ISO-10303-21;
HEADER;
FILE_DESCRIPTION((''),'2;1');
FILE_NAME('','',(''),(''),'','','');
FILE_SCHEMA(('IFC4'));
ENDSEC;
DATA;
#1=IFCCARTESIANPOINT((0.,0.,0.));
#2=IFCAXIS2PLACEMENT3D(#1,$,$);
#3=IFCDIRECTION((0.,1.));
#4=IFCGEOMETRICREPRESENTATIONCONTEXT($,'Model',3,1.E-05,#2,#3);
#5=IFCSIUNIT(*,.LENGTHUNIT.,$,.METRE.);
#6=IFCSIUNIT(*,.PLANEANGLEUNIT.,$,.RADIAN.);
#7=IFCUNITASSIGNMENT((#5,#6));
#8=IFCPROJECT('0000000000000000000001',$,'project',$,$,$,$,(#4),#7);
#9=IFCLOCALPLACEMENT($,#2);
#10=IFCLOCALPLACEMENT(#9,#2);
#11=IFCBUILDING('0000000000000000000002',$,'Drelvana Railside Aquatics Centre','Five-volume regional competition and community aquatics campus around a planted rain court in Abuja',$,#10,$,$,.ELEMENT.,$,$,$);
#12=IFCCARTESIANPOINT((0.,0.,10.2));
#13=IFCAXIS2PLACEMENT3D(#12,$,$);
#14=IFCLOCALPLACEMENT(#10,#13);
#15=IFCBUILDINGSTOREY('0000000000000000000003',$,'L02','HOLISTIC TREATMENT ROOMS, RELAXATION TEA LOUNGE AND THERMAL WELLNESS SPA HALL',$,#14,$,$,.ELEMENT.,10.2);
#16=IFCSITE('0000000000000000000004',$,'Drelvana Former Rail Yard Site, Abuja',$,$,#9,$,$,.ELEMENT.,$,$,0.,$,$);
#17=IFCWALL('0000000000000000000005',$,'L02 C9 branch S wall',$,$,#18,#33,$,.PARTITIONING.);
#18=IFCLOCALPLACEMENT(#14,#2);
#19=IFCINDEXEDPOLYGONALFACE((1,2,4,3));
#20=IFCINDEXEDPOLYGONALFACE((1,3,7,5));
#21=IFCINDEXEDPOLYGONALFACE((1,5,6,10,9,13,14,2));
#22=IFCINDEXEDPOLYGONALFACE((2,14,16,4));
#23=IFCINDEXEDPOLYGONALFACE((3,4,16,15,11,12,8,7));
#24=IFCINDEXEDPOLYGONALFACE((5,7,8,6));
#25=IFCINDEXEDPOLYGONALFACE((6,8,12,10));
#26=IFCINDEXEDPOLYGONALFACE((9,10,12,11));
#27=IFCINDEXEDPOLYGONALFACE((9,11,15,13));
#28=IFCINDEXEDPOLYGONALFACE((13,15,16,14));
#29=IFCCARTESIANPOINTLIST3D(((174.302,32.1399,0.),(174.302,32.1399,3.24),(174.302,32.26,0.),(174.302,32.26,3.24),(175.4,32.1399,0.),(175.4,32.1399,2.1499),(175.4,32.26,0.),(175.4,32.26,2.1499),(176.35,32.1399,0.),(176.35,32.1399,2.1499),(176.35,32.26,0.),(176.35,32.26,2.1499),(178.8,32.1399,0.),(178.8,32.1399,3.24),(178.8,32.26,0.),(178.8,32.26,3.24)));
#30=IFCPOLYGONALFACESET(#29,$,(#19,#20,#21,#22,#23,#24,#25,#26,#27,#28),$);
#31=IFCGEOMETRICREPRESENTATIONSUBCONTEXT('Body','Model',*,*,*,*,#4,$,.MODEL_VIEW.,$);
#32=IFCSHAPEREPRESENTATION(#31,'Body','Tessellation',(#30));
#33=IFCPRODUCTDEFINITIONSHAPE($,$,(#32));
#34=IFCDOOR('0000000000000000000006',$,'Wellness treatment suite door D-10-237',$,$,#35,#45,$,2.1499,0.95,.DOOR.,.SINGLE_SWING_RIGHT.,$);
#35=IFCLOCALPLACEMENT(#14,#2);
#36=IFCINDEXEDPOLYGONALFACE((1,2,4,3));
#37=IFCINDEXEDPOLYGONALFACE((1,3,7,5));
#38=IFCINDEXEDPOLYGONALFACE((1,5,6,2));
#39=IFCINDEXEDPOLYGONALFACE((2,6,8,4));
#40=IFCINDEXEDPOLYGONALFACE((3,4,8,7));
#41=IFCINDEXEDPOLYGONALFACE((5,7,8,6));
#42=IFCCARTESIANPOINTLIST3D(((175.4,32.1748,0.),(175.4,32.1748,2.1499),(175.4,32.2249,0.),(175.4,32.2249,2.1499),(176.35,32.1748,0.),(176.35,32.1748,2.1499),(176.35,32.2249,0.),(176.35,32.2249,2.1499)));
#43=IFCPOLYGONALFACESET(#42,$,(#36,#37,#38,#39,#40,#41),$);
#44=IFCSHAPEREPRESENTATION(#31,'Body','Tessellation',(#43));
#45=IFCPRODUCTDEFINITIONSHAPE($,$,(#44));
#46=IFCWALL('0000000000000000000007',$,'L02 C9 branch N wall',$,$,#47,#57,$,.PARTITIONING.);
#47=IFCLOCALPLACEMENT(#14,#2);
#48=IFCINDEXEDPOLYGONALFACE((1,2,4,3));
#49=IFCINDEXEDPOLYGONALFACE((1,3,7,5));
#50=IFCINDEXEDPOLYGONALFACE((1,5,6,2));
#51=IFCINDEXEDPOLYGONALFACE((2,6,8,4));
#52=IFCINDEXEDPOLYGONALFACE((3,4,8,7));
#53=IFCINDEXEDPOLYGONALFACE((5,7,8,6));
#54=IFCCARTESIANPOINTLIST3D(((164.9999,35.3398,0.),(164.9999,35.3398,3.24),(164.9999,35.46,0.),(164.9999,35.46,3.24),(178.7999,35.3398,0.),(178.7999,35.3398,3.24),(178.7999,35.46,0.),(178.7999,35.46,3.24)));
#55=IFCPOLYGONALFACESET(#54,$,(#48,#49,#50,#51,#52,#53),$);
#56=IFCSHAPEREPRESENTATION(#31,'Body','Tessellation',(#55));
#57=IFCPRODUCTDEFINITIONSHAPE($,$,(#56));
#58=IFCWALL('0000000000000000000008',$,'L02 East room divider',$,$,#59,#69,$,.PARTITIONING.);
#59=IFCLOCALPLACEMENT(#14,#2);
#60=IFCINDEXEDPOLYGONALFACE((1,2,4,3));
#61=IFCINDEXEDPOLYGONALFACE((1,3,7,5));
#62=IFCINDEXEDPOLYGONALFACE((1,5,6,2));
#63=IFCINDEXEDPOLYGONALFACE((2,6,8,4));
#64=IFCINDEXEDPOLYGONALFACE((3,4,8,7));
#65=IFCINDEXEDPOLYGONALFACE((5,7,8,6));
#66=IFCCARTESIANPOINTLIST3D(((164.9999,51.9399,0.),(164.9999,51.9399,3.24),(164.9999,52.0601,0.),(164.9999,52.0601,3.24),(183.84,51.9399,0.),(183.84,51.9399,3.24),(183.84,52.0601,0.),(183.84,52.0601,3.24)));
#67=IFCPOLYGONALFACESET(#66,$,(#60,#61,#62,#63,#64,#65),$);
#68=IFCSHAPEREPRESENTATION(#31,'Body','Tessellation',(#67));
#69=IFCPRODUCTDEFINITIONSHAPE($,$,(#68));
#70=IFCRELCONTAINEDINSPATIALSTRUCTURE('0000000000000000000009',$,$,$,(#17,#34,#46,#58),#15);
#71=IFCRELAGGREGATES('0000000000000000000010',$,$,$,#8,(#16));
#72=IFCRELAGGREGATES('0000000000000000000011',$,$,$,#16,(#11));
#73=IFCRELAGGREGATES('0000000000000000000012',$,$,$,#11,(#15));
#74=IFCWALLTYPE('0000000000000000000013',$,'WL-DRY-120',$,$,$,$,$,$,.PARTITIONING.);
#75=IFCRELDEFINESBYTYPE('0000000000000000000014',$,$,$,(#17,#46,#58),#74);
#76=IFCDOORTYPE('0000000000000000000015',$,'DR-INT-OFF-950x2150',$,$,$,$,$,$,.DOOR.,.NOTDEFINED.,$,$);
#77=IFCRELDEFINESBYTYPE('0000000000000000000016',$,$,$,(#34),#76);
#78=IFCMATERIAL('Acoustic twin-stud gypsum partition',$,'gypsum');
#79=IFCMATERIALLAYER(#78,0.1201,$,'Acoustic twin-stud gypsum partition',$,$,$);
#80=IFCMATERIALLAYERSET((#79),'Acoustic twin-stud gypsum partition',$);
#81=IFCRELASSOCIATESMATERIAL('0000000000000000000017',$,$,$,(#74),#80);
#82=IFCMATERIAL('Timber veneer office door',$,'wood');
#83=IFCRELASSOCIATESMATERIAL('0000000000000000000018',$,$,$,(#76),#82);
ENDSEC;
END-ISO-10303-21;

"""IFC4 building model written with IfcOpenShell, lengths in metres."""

from ifc_helpers import new_model, si_unit, direction, frame, frame_2d, origin, place, context, subcontext, project, spatial, rectangle, extrude, material, layer, layer_set, type_object, element, fill, save


model = new_model("IFC4")

# Units and contexts
model_context = context("Model", 3, precision=1e-05, world=origin(), true_north=direction((0.0, 1.0)))
body_context = subcontext(model_context, "Body", "Model", "MODEL_VIEW")
ifc_project = project(units=[si_unit("LENGTHUNIT", "METRE"), si_unit("PLANEANGLEUNIT", "RADIAN")], contexts=[model_context])

# Site, building, storey
site_placement = place(None, origin())
site = spatial("IfcSite", under=ifc_project, at=site_placement, Name="Drelvana Former Rail Yard Site, Abuja", CompositionType="ELEMENT", RefElevation=0.0)
building_placement = place(site_placement, origin())
building = spatial("IfcBuilding", under=site, at=building_placement, Name="Drelvana Railside Aquatics Centre", Description="Five-volume regional competition and community aquatics campus around a planted rain court in Abuja", CompositionType="ELEMENT")
storey_placement = place(building_placement, frame((0.0, 0.0, 10.2)))
storey = spatial("IfcBuildingStorey", under=building, at=storey_placement, Name="L02", Description="HOLISTIC TREATMENT ROOMS, RELAXATION TEA LOUNGE AND THERMAL WELLNESS SPA HALL", CompositionType="ELEMENT", Elevation=10.2)

# Shared definitions
ifc_material_1 = material(Name="Acoustic twin-stud gypsum partition", Category="gypsum")
ifc_layer_1 = layer(ifc_material_1, 0.1201, Name="Acoustic twin-stud gypsum partition")
ifc_layer_set_1 = layer_set([ifc_layer_1], Name="Acoustic twin-stud gypsum partition")
wall_type_1 = type_object("IfcWallType", Name="WL-DRY-120", PredefinedType="PARTITIONING", material=ifc_layer_set_1)

# Wall, opening, door
wall_1_placement = place(storey_placement, frame((174.302, 32.2, 0.0), z_axis=(0.0, 0.0, 1.0), x_axis=(1.0, 0.0, 0.0)))
wall_1 = element("IfcWall", 1, at=wall_1_placement, inside=storey, type_object=wall_type_1, Name="L02 C9 branch S wall", PredefinedType="PARTITIONING", context=body_context, shape_type="SweptSolid", body=[
    extrude(rectangle(XDim=4.498, YDim=0.1201, at=frame_2d((2.249, 0.0))), origin(), (0.0, 0.0, 1.0), 3.24),
])
opening_1_placement = place(wall_1_placement, frame((1.0979, 0.0, 0.0)))
opening_1 = element("IfcOpeningElement", 2, at=opening_1_placement, cuts=wall_1, PredefinedType="OPENING", context=body_context, shape_type="SweptSolid", body=[
    extrude(rectangle(XDim=0.95, YDim=2.1499, at=frame_2d((0.4751, 1.075))), frame((0.0, 0.0701, 0.0), z_axis=(0.0, -1.0, 0.0), x_axis=(1.0, 0.0, 0.0)), (0.0, 0.0, 1.0), 0.1401),
])
ifc_material_2 = material(Name="Timber veneer office door", Category="wood")
door_type_1 = type_object("IfcDoorType", Name="DR-INT-OFF-950x2150", OperationType="NOTDEFINED", PredefinedType="DOOR", material=ifc_material_2)
door_1_placement = place(opening_1_placement, origin())
door_1 = element("IfcDoor", 3, at=door_1_placement, inside=storey, type_object=door_type_1, Name="Wellness treatment suite door D-10-237", OperationType="SINGLE_SWING_RIGHT", OverallHeight=2.1499, OverallWidth=0.95, PredefinedType="DOOR", context=body_context, shape_type="SweptSolid", body=[
    extrude(rectangle(XDim=0.95, YDim=2.1499, at=frame_2d((0.4751, 1.075))), frame((0.0, 0.0249, 0.0), z_axis=(0.0, -1.0, 0.0), x_axis=(1.0, 0.0, 0.0)), (0.0, 0.0, 1.0), 0.05),
])
fill(opening_1, door_1)

# Walls
wall_2_placement = place(storey_placement, frame((165.0, 35.3999, 0.0), z_axis=(0.0, 0.0, 1.0), x_axis=(1.0, 0.0, 0.0)))
element("IfcWall", 4, at=wall_2_placement, inside=storey, type_object=wall_type_1, Name="L02 C9 branch N wall", PredefinedType="PARTITIONING", context=body_context, shape_type="SweptSolid", body=[
    extrude(rectangle(XDim=13.8, YDim=0.1201, at=frame_2d((6.8999, 0.0))), origin(), (0.0, 0.0, 1.0), 3.24),
])
wall_3_placement = place(storey_placement, frame((165.0, 52.0, 0.0), z_axis=(0.0, 0.0, 1.0), x_axis=(1.0, 0.0, 0.0)))
element("IfcWall", 5, at=wall_3_placement, inside=storey, type_object=wall_type_1, Name="L02 East room divider", PredefinedType="PARTITIONING", context=body_context, shape_type="SweptSolid", body=[
    extrude(rectangle(XDim=18.8401, YDim=0.1201, at=frame_2d((9.4199, 0.0))), origin(), (0.0, 0.0, 1.0), 3.24),
])

save(model, "model.ifc")
